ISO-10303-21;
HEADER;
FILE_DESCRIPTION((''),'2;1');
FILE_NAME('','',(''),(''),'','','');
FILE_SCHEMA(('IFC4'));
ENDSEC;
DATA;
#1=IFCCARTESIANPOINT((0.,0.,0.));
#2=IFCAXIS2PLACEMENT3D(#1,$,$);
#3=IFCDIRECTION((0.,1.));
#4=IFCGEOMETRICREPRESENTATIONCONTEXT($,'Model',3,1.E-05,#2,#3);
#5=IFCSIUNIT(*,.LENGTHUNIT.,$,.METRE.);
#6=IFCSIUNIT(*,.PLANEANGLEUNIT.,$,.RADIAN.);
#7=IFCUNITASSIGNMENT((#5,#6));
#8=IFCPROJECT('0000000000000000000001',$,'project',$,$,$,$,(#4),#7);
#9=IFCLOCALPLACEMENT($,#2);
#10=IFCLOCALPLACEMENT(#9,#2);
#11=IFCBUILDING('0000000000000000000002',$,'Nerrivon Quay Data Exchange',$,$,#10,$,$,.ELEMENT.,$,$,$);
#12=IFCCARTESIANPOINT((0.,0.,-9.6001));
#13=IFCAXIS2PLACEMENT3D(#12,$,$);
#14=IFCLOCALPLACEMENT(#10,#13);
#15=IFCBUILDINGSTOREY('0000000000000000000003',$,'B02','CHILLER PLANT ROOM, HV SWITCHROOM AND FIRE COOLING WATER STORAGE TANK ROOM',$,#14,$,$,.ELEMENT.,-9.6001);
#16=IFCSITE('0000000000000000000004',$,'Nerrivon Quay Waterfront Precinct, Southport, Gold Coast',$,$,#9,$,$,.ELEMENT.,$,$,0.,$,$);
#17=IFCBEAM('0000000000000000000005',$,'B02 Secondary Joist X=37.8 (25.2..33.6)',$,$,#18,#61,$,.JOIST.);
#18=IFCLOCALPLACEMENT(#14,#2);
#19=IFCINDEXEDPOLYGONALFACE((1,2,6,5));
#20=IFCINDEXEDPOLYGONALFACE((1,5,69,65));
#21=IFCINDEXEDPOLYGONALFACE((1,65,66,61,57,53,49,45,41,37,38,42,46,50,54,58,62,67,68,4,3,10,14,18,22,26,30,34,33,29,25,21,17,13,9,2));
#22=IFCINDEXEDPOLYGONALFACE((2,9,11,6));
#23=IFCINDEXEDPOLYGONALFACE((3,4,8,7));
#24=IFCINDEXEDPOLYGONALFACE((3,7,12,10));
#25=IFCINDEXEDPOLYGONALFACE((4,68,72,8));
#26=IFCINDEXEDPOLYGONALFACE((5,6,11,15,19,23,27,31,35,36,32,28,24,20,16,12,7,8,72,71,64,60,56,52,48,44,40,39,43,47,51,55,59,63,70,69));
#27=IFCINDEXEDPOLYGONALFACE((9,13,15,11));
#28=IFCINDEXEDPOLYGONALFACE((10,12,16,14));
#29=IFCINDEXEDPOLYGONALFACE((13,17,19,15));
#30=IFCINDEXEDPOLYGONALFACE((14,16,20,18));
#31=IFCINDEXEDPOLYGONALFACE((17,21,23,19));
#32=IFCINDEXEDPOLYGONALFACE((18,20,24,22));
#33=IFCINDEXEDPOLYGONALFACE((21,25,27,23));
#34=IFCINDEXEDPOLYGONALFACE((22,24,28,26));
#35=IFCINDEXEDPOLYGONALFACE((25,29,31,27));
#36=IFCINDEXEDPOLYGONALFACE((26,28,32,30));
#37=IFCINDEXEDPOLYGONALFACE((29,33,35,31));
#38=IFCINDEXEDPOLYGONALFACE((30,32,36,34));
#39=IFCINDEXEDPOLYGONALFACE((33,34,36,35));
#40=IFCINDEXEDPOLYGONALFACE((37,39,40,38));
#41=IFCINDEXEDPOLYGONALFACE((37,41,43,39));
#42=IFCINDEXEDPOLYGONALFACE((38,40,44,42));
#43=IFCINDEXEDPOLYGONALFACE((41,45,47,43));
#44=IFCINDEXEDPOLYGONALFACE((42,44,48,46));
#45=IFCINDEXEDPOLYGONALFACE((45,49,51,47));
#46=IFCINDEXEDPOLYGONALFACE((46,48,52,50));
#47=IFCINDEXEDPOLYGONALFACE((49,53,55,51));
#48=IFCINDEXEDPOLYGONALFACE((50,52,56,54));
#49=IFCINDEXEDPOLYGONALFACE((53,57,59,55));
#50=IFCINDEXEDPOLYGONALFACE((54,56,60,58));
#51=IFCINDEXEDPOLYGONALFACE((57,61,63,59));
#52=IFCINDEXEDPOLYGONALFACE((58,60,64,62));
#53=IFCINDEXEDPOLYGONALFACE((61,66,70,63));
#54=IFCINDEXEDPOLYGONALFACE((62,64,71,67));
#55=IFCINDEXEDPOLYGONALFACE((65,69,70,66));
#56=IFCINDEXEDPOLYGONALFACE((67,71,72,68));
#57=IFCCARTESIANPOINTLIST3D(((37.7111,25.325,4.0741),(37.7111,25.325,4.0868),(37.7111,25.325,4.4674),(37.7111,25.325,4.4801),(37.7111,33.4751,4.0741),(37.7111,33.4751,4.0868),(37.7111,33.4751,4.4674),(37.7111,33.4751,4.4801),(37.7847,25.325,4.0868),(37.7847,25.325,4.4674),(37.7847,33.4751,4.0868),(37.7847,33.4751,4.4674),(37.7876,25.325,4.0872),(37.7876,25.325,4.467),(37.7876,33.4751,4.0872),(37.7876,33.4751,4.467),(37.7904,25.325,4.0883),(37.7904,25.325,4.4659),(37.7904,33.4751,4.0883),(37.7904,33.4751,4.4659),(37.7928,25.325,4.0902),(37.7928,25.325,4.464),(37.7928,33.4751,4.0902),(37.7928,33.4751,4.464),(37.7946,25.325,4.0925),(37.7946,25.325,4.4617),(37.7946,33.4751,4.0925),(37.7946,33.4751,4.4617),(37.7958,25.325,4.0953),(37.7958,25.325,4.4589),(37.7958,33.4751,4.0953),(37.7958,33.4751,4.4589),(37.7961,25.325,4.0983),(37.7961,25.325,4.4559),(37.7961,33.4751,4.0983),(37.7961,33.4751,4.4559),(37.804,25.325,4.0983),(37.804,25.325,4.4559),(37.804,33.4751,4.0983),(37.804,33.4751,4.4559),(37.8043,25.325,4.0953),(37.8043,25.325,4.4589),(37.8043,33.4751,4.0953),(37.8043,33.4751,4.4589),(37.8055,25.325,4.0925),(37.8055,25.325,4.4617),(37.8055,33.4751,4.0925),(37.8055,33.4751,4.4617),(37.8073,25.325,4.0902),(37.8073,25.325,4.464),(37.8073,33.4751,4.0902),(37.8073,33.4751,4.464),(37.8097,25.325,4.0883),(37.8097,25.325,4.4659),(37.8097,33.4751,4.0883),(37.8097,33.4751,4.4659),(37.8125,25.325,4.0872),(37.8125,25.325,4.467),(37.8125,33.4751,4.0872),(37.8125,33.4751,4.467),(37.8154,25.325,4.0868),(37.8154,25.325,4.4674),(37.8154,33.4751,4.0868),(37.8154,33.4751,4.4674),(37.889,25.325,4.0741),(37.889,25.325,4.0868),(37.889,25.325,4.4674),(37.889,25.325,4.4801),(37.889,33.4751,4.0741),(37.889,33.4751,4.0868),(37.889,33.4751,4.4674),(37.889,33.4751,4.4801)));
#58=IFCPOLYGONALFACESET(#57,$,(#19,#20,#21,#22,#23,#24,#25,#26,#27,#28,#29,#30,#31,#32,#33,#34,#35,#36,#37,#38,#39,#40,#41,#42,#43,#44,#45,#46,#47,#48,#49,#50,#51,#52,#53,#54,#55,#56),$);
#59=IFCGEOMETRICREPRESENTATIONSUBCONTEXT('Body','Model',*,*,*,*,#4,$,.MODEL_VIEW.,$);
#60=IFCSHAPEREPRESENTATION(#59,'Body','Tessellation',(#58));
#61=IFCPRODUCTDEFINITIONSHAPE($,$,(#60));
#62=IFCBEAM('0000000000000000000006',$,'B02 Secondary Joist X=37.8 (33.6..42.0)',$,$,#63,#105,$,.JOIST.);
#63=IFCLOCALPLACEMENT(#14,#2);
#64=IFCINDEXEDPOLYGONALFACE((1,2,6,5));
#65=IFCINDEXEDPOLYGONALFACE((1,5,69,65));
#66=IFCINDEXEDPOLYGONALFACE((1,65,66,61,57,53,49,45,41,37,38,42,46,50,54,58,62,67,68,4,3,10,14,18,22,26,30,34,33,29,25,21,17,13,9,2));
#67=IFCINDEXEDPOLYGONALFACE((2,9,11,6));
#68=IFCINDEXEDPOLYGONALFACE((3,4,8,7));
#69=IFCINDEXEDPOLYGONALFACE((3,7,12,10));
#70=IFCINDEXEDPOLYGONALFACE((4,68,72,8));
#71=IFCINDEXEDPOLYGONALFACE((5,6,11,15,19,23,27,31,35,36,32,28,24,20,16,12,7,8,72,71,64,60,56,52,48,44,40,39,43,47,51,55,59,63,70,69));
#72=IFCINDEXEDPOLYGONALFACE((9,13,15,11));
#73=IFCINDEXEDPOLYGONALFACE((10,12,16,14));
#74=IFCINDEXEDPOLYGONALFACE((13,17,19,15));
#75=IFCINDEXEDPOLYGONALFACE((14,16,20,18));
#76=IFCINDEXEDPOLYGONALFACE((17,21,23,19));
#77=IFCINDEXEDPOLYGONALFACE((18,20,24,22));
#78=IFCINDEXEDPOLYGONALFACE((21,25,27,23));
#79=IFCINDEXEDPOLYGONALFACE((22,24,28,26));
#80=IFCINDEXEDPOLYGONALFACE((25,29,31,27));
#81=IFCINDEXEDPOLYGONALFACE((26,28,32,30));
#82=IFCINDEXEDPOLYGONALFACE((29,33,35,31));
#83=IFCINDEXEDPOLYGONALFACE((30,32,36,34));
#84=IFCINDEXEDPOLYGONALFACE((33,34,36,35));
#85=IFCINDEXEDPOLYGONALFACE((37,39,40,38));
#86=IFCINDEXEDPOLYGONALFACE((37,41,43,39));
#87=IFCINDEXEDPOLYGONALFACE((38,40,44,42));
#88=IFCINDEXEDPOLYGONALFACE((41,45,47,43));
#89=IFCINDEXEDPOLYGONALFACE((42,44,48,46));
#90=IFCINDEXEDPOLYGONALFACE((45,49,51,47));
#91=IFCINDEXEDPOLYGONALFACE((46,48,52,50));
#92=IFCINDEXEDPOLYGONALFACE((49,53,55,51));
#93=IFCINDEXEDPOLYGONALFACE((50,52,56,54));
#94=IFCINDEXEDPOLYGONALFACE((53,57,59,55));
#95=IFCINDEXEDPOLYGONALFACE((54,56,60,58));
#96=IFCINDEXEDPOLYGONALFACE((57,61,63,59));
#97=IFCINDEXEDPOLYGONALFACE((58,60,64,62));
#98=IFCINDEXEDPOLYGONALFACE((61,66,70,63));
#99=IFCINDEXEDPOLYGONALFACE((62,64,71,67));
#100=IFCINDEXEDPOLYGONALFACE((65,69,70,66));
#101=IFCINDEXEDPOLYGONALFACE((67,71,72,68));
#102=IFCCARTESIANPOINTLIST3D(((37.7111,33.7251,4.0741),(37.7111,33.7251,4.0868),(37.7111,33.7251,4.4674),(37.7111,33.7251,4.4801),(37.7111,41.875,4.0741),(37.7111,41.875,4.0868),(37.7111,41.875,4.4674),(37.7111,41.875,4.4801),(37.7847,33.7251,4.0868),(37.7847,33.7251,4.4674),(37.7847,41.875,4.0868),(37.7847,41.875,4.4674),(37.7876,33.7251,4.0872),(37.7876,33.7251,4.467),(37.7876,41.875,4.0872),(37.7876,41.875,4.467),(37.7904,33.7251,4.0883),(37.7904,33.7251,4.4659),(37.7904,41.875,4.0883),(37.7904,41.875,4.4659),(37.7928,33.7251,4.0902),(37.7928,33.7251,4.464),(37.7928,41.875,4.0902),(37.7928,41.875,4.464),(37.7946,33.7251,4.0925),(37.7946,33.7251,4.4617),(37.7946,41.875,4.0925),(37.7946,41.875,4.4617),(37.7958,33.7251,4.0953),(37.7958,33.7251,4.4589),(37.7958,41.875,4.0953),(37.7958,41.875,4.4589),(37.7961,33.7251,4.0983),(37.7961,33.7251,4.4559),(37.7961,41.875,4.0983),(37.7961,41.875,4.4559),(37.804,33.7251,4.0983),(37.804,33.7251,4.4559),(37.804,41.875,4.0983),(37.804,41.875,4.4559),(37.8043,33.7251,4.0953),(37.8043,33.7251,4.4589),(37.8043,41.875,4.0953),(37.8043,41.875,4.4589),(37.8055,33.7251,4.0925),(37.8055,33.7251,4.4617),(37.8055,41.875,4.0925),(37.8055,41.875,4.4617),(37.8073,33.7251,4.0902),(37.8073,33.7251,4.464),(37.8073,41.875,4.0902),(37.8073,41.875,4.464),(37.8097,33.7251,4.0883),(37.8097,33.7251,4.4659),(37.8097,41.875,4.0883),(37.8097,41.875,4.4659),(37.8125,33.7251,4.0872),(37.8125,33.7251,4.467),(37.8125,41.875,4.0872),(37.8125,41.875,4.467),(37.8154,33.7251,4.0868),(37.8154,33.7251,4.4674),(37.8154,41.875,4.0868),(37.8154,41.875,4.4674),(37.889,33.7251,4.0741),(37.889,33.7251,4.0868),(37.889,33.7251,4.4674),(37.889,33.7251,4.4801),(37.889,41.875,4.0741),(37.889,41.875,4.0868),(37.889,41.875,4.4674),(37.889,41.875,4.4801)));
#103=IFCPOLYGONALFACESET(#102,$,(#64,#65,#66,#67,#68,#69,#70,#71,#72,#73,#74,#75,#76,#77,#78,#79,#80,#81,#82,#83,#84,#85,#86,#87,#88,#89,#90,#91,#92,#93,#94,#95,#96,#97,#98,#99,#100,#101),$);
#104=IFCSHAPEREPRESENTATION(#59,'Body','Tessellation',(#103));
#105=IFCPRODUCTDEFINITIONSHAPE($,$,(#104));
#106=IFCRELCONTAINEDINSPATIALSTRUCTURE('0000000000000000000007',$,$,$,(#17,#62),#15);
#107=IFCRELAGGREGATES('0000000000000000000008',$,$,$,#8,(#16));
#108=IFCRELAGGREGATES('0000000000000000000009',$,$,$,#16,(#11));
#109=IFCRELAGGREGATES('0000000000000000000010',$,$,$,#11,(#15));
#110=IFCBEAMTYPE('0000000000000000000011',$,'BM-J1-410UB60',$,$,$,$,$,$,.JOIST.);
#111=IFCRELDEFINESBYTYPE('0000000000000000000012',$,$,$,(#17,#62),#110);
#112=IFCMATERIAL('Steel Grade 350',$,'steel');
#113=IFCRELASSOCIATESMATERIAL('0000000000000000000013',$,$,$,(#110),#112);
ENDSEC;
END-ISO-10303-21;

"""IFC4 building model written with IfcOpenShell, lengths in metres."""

from ifc_helpers import new_model, si_unit, direction, frame, origin, origin_2d, place, context, subcontext, project, spatial, i_section, extrude, material, material_profile, profile_set, type_object, element, save


model = new_model("IFC4")

# Units and contexts
model_context = context("Model", 3, precision=1e-05, world=origin(), true_north=direction((0.0, 1.0)))
body_context = subcontext(model_context, "Body", "Model", "MODEL_VIEW")
ifc_project = project(units=[si_unit("LENGTHUNIT", "METRE"), si_unit("PLANEANGLEUNIT", "RADIAN")], contexts=[model_context])

# Site, building, storey
site_placement = place(None, origin())
site = spatial("IfcSite", under=ifc_project, at=site_placement, Name="Nerrivon Quay Waterfront Precinct, Southport, Gold Coast", CompositionType="ELEMENT", RefElevation=0.0)
building_placement = place(site_placement, origin())
building = spatial("IfcBuilding", under=site, at=building_placement, Name="Nerrivon Quay Data Exchange", CompositionType="ELEMENT")
storey_placement = place(building_placement, frame((0.0, 0.0, -9.6001)))
storey = spatial("IfcBuildingStorey", under=building, at=storey_placement, Name="B02", Description="CHILLER PLANT ROOM, HV SWITCHROOM AND FIRE COOLING WATER STORAGE TANK ROOM", CompositionType="ELEMENT", Elevation=-9.6001)

# Beams
ifc_material_1 = material(Name="Steel Grade 350", Category="steel")
ifc_material_profile_1 = material_profile(ifc_material_1, i_section(OverallWidth=0.178, OverallDepth=0.406, WebThickness=0.0078, FlangeThickness=0.0127, FilletRadius=0.0115, at=origin_2d()), Name="410UB59.7")
ifc_profile_set_1 = profile_set([ifc_material_profile_1], Name="Steel Grade 350")
beam_type_1 = type_object("IfcBeamType", Name="BM-J1-410UB60", PredefinedType="JOIST", material=ifc_profile_set_1)
beam_1_placement = place(storey_placement, frame((37.8, 25.325, 4.2771), z_axis=(0.0, 1.0, 0.0), x_axis=(-1.0, 0.0, 0.0)))
element("IfcBeam", 1, at=beam_1_placement, inside=storey, type_object=beam_type_1, Name="B02 Secondary Joist X=37.8 (25.2..33.6)", PredefinedType="JOIST", context=body_context, shape_type="SweptSolid", body=[
    extrude(i_section(OverallWidth=0.178, OverallDepth=0.406, WebThickness=0.0078, FlangeThickness=0.0127, FilletRadius=0.0115, at=origin_2d()), origin(), (0.0, 0.0, 1.0), 8.1501),
])
beam_2_placement = place(storey_placement, frame((37.8, 33.7251, 4.2771), z_axis=(0.0, 1.0, 0.0), x_axis=(-1.0, 0.0, 0.0)))
element("IfcBeam", 2, at=beam_2_placement, inside=storey, type_object=beam_type_1, Name="B02 Secondary Joist X=37.8 (33.6..42.0)", PredefinedType="JOIST", context=body_context, shape_type="SweptSolid", body=[
    extrude(i_section(OverallWidth=0.178, OverallDepth=0.406, WebThickness=0.0078, FlangeThickness=0.0127, FilletRadius=0.0115, at=origin_2d()), origin(), (0.0, 0.0, 1.0), 8.1499),
])

save(model, "model.ifc")
